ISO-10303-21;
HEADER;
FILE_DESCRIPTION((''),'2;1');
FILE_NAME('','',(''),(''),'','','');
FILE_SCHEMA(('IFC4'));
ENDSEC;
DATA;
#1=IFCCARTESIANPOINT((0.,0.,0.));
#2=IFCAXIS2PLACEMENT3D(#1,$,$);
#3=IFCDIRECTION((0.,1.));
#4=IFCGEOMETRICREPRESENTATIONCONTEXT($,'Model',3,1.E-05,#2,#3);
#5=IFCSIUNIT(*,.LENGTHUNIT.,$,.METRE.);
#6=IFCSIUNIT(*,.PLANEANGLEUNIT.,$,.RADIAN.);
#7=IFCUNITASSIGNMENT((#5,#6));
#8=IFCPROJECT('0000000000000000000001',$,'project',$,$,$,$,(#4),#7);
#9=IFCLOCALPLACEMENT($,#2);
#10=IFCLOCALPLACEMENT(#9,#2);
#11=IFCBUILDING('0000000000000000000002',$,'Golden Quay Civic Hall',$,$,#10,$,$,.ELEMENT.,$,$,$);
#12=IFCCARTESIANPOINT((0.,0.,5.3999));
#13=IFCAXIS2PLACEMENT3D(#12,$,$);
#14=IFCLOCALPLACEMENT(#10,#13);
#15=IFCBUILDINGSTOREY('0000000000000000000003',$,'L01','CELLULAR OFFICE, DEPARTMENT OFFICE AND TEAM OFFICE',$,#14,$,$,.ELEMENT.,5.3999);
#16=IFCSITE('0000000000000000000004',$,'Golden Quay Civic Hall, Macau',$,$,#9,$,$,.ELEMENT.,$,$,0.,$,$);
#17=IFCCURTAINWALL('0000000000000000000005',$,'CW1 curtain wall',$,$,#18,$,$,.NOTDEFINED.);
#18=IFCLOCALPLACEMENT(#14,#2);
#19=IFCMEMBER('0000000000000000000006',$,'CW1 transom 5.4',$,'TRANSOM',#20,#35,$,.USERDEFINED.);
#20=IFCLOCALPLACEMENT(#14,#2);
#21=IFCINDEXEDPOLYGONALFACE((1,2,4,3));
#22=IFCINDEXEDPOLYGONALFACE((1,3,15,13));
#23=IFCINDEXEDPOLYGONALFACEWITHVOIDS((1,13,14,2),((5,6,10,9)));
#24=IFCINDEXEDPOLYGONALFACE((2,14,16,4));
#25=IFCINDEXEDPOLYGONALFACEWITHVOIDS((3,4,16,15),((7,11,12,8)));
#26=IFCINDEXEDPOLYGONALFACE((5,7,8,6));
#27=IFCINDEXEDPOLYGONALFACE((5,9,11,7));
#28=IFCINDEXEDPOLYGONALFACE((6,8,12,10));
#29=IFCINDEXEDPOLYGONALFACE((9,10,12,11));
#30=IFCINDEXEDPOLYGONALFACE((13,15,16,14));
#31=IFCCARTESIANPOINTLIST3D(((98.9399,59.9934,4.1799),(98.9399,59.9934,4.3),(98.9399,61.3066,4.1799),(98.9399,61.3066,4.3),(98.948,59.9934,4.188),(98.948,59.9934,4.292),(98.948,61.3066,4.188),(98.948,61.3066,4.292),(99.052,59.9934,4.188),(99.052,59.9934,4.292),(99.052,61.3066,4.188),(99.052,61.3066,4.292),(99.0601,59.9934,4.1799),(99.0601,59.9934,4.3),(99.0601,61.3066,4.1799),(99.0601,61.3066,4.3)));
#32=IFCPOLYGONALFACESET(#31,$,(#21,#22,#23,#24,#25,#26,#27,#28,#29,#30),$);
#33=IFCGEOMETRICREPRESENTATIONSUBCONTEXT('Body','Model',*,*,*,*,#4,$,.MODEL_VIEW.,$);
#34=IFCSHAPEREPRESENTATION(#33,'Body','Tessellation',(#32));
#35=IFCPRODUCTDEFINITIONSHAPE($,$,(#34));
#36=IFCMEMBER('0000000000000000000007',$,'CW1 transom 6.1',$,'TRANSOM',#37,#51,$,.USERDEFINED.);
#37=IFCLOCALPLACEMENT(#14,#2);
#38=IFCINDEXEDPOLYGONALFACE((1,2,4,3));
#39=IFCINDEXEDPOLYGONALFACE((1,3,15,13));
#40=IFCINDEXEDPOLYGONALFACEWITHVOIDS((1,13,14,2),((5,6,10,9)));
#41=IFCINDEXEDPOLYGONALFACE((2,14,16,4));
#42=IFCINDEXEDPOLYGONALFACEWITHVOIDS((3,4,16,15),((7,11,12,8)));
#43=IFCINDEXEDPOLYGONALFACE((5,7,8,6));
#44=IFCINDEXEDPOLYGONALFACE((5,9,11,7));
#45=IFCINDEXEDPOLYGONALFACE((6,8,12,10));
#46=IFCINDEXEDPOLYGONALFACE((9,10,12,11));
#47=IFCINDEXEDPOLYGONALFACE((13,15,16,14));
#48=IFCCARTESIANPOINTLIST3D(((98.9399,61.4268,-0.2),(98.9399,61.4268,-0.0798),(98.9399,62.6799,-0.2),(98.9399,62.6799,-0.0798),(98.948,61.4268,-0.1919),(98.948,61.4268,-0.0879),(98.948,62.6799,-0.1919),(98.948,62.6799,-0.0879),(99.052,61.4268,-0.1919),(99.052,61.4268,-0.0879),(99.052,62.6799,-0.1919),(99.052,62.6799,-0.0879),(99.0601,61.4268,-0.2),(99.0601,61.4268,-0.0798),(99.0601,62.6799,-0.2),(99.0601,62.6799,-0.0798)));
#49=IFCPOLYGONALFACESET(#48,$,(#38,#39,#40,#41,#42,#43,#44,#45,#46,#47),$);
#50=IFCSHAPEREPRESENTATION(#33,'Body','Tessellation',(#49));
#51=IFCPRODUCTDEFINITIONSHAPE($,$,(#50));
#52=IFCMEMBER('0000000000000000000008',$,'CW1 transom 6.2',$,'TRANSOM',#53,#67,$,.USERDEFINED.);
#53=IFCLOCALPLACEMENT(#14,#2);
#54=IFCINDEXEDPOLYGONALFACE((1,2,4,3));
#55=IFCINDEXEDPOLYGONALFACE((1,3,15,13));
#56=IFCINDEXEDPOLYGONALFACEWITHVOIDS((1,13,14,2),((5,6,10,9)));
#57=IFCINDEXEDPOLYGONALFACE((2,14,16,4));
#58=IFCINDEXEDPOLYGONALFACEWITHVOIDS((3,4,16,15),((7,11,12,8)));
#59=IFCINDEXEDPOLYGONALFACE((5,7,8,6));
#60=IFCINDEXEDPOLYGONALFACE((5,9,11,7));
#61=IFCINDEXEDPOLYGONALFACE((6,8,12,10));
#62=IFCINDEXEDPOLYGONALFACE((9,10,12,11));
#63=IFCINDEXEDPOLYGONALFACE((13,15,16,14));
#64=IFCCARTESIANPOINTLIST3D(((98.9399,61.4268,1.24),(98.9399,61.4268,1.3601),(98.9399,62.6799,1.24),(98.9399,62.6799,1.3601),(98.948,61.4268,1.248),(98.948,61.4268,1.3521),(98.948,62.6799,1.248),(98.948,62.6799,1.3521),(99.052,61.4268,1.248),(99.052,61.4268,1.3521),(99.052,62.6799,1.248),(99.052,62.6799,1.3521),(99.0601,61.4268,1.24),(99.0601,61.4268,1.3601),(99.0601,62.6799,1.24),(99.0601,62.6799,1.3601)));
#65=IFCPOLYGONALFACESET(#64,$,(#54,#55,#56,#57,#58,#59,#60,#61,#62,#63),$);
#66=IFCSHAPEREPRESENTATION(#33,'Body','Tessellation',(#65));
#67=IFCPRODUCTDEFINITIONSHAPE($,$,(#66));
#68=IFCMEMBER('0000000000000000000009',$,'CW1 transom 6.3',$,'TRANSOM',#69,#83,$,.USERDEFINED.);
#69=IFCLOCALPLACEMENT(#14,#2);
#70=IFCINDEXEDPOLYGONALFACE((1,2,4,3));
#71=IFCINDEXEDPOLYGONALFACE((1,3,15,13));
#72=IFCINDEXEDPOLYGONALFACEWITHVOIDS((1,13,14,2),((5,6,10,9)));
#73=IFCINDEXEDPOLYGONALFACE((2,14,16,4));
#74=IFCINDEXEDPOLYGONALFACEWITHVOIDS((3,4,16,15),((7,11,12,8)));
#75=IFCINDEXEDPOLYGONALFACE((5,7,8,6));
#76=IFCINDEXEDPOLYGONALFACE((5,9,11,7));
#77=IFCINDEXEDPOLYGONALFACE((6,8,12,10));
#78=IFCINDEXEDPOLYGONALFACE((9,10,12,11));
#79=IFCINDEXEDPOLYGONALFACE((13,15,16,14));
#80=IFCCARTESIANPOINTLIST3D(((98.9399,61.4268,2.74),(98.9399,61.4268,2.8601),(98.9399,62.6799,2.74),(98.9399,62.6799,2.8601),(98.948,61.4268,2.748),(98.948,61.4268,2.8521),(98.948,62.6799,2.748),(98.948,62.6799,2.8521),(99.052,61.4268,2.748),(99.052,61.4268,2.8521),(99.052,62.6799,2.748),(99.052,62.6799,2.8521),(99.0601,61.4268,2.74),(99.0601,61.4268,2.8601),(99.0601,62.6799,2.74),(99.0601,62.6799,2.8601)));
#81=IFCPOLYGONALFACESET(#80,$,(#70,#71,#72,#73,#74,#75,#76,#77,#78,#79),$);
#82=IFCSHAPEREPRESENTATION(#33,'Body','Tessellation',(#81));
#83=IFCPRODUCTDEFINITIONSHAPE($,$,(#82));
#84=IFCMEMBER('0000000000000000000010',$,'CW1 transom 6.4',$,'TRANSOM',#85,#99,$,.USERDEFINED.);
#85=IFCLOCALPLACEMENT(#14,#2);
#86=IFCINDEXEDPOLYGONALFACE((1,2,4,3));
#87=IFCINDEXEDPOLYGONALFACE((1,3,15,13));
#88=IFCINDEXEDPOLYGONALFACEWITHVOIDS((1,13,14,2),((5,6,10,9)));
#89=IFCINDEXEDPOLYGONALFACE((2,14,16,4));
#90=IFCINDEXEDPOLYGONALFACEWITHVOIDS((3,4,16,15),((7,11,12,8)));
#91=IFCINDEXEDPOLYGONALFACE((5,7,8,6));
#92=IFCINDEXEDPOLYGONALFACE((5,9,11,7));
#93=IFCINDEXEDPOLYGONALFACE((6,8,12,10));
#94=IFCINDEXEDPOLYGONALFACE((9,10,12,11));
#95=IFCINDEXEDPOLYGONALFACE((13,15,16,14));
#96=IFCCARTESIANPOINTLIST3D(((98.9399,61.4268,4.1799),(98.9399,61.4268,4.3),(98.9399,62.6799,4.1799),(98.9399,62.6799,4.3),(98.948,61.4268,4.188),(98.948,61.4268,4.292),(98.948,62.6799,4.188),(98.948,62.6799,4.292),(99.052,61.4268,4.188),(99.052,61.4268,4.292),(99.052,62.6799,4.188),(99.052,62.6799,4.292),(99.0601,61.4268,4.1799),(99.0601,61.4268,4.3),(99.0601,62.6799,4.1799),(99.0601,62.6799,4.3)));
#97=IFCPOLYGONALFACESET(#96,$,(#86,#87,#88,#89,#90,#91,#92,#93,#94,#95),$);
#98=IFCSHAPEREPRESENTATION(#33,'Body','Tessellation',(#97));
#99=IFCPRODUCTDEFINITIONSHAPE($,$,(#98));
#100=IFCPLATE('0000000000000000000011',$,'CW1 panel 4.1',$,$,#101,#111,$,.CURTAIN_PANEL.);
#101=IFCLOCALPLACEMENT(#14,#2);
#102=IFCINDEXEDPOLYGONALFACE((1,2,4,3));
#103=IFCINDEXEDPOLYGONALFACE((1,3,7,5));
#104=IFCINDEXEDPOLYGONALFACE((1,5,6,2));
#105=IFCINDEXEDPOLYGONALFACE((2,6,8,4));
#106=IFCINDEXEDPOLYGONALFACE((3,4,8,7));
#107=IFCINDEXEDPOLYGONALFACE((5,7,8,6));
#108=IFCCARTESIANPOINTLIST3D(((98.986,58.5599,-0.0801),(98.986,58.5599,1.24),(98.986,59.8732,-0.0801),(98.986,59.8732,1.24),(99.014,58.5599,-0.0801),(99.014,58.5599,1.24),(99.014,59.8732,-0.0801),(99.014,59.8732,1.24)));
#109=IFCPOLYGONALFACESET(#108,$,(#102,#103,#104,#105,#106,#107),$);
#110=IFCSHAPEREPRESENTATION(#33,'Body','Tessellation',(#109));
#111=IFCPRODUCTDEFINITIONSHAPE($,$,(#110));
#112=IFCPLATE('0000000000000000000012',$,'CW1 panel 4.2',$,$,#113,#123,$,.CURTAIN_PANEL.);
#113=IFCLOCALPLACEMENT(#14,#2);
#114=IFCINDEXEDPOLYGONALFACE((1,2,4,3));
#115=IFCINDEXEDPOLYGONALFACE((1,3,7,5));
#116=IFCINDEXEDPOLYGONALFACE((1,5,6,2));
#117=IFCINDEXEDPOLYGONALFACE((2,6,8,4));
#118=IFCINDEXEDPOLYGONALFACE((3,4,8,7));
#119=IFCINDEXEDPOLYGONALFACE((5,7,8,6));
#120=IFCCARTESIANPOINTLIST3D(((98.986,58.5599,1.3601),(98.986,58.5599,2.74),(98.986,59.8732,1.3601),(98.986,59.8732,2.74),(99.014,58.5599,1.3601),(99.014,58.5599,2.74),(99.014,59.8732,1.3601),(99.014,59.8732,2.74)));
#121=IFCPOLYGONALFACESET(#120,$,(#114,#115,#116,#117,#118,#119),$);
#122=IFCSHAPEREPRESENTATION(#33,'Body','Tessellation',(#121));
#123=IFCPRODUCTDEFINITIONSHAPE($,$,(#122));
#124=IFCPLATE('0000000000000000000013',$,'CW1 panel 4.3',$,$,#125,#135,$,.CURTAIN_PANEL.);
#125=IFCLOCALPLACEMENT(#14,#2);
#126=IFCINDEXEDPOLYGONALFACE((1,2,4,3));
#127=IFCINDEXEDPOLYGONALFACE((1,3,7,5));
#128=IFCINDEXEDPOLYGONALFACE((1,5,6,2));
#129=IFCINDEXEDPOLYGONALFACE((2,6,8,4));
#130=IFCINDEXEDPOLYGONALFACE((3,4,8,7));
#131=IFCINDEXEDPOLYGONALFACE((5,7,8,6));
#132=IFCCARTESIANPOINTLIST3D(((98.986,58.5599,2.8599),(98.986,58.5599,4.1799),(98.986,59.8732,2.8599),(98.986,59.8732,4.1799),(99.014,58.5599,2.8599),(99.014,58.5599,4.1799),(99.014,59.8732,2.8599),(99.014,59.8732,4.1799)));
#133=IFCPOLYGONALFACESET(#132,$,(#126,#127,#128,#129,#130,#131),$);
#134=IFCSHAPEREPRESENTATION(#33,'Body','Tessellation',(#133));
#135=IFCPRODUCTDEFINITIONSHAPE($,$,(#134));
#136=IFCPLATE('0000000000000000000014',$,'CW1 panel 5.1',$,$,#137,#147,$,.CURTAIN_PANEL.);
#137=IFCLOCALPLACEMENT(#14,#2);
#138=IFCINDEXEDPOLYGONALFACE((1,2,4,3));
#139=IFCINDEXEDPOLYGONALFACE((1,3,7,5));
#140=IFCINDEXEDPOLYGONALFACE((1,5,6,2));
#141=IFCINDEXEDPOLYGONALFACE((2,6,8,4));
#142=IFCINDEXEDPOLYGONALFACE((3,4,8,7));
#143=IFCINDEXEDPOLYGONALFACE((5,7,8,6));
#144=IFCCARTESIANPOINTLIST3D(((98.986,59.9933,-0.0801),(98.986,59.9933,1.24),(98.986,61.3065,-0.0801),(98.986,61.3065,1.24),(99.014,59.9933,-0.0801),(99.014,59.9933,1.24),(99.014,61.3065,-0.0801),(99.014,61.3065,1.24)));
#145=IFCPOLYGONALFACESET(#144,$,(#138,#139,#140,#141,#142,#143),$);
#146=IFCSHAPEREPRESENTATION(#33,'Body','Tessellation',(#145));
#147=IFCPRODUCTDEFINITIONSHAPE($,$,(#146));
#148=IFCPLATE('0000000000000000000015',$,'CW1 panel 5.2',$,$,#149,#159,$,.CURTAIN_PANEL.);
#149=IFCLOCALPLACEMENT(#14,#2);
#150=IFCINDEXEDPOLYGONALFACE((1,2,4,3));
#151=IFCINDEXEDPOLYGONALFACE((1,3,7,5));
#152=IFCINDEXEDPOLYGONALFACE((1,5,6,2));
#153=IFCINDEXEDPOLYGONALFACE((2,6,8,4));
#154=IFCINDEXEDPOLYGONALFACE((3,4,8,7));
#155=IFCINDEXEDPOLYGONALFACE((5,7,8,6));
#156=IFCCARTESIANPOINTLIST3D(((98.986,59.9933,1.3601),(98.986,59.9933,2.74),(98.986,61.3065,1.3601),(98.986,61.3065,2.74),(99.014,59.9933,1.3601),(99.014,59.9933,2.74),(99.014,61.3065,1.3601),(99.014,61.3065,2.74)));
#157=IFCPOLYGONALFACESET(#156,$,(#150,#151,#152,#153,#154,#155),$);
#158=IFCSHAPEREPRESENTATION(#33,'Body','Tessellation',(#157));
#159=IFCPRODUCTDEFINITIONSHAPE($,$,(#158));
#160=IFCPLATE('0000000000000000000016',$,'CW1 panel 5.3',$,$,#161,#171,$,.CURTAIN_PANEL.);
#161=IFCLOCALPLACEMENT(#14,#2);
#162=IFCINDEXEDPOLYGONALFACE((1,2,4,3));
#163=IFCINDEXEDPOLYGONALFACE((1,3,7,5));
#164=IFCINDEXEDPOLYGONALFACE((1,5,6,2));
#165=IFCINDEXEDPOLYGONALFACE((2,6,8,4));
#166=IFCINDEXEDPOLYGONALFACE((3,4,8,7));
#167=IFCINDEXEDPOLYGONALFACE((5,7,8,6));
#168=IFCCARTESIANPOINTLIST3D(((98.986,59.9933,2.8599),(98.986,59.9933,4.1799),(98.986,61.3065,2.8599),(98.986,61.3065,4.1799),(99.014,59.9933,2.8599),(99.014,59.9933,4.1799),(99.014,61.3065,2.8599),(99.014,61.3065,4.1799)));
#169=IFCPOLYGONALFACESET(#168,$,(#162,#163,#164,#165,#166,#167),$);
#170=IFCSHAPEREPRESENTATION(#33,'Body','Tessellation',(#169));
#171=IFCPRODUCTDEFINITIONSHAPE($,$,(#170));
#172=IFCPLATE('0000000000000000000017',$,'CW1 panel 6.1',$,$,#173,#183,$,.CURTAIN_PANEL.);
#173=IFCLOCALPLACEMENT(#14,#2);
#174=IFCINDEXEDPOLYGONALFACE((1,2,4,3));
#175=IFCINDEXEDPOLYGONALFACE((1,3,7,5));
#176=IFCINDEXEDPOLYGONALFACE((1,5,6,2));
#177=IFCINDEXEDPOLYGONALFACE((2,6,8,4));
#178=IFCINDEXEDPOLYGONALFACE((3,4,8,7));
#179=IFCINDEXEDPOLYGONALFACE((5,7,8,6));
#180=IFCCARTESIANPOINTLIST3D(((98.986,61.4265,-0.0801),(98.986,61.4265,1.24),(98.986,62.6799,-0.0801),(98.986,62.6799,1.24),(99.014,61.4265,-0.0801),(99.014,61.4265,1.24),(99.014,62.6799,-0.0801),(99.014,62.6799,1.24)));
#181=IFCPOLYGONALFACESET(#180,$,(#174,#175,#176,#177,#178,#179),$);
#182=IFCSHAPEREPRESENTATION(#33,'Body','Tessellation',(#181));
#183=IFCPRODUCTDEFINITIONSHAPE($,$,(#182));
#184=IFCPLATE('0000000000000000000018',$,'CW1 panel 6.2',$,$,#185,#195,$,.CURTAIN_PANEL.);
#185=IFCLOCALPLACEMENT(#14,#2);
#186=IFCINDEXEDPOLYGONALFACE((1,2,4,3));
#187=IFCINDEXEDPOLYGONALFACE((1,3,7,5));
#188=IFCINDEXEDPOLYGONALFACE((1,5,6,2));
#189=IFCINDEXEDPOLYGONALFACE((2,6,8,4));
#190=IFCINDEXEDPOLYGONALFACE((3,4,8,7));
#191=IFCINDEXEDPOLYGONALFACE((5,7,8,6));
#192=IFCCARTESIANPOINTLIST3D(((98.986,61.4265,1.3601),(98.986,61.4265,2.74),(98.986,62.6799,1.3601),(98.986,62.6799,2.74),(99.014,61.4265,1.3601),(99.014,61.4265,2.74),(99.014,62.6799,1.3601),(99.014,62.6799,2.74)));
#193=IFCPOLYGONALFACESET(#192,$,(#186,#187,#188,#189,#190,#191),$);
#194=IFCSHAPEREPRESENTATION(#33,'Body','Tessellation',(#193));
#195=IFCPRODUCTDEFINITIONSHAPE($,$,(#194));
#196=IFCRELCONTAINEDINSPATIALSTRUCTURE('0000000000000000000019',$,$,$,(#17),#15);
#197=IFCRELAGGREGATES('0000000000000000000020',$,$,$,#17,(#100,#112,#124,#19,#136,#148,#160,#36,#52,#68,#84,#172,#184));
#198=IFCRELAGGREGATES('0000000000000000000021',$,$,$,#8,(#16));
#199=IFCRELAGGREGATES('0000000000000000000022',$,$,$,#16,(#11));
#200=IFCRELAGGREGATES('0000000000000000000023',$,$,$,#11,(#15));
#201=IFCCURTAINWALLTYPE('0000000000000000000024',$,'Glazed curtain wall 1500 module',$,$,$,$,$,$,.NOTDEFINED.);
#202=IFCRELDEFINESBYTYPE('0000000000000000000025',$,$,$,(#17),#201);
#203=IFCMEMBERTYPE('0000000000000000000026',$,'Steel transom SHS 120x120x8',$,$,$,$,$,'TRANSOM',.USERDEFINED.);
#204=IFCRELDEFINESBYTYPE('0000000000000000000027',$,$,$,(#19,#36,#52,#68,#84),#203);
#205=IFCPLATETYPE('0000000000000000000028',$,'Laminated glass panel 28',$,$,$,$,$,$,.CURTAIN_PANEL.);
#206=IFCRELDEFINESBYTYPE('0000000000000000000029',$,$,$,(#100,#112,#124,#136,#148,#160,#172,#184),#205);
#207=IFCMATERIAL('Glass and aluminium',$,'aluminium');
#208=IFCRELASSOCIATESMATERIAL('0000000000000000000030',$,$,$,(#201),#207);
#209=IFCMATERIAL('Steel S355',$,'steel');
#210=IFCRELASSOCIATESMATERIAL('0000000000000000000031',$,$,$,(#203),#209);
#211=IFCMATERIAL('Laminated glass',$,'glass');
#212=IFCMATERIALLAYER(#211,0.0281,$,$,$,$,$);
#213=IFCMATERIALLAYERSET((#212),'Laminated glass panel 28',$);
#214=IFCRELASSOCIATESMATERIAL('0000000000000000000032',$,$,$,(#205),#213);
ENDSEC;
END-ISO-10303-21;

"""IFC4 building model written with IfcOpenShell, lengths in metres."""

from ifc_helpers import new_model, si_unit, direction, frame, origin, origin_2d, place, context, subcontext, project, spatial, rectangle, hollow_rectangle, extrude, material, layer, layer_set, material_profile, profile_set, type_object, element, aggregate, save


model = new_model("IFC4")

# Units and contexts
model_context = context("Model", 3, precision=1e-05, world=origin(), true_north=direction((0.0, 1.0)))
body_context = subcontext(model_context, "Body", "Model", "MODEL_VIEW")
ifc_project = project(units=[si_unit("LENGTHUNIT", "METRE"), si_unit("PLANEANGLEUNIT", "RADIAN")], contexts=[model_context])

# Site, building, storey
site_placement = place(None, origin())
site = spatial("IfcSite", under=ifc_project, at=site_placement, Name="Golden Quay Civic Hall, Macau", CompositionType="ELEMENT", RefElevation=0.0)
building_placement = place(site_placement, origin())
building = spatial("IfcBuilding", under=site, at=building_placement, Name="Golden Quay Civic Hall", CompositionType="ELEMENT")
storey_placement = place(building_placement, frame((0.0, 0.0, 5.3999)))
storey = spatial("IfcBuildingStorey", under=building, at=storey_placement, Name="L01", Description="CELLULAR OFFICE, DEPARTMENT OFFICE AND TEAM OFFICE", CompositionType="ELEMENT", Elevation=5.3999)

# Curtain wall, members, plates
ifc_material_1 = material(Name="Glass and aluminium", Category="aluminium")
curtain_wall_type = type_object("IfcCurtainWallType", Name="Glazed curtain wall 1500 module", PredefinedType="NOTDEFINED", material=ifc_material_1)
curtain_wall_placement = place(storey_placement, origin())
curtain_wall = element("IfcCurtainWall", 1, at=curtain_wall_placement, inside=storey, type_object=curtain_wall_type, Name="CW1 curtain wall", PredefinedType="NOTDEFINED")
ifc_material_2 = material(Name="Steel S355", Category="steel")
ifc_material_profile_1 = material_profile(ifc_material_2, hollow_rectangle(XDim=0.1201, YDim=0.1201, WallThickness=0.0081, at=origin_2d()), Name="SHS 120x120x8")
ifc_profile_set_1 = profile_set([ifc_material_profile_1], Name="Steel S355")
member_type_1 = type_object("IfcMemberType", Name="Steel transom SHS 120x120x8", ElementType="TRANSOM", PredefinedType="USERDEFINED", material=ifc_profile_set_1)
member_1_placement = place(storey_placement, frame((99.0, 59.9934, 4.24), z_axis=(0.0, 1.0, 0.0), x_axis=(-1.0, 0.0, 0.0)))
member_1 = element("IfcMember", 2, at=member_1_placement, type_object=member_type_1, Name="CW1 transom 5.4", ObjectType="TRANSOM", PredefinedType="USERDEFINED", context=body_context, shape_type="SweptSolid", body=[
    extrude(hollow_rectangle(XDim=0.1201, YDim=0.1201, WallThickness=0.0081, at=origin_2d()), origin(), (0.0, 0.0, 1.0), 1.3132),
])
member_2_placement = place(storey_placement, frame((99.0, 61.4268, -0.1399), z_axis=(0.0, 1.0, 0.0), x_axis=(-1.0, 0.0, 0.0)))
member_2 = element("IfcMember", 3, at=member_2_placement, type_object=member_type_1, Name="CW1 transom 6.1", ObjectType="TRANSOM", PredefinedType="USERDEFINED", context=body_context, shape_type="SweptSolid", body=[
    extrude(hollow_rectangle(XDim=0.1201, YDim=0.1201, WallThickness=0.0081, at=origin_2d()), origin(), (0.0, 0.0, 1.0), 1.2532),
])
member_3_placement = place(storey_placement, frame((99.0, 61.4268, 1.3), z_axis=(0.0, 1.0, 0.0), x_axis=(-1.0, 0.0, 0.0)))
member_3 = element("IfcMember", 4, at=member_3_placement, type_object=member_type_1, Name="CW1 transom 6.2", ObjectType="TRANSOM", PredefinedType="USERDEFINED", context=body_context, shape_type="SweptSolid", body=[
    extrude(hollow_rectangle(XDim=0.1201, YDim=0.1201, WallThickness=0.0081, at=origin_2d()), origin(), (0.0, 0.0, 1.0), 1.2532),
])
member_4_placement = place(storey_placement, frame((99.0, 61.4268, 2.8), z_axis=(0.0, 1.0, 0.0), x_axis=(-1.0, 0.0, 0.0)))
member_4 = element("IfcMember", 5, at=member_4_placement, type_object=member_type_1, Name="CW1 transom 6.3", ObjectType="TRANSOM", PredefinedType="USERDEFINED", context=body_context, shape_type="SweptSolid", body=[
    extrude(hollow_rectangle(XDim=0.1201, YDim=0.1201, WallThickness=0.0081, at=origin_2d()), origin(), (0.0, 0.0, 1.0), 1.2532),
])
member_5_placement = place(storey_placement, frame((99.0, 61.4268, 4.24), z_axis=(0.0, 1.0, 0.0), x_axis=(-1.0, 0.0, 0.0)))
member_5 = element("IfcMember", 6, at=member_5_placement, type_object=member_type_1, Name="CW1 transom 6.4", ObjectType="TRANSOM", PredefinedType="USERDEFINED", context=body_context, shape_type="SweptSolid", body=[
    extrude(hollow_rectangle(XDim=0.1201, YDim=0.1201, WallThickness=0.0081, at=origin_2d()), origin(), (0.0, 0.0, 1.0), 1.2532),
])
ifc_material_3 = material(Name="Laminated glass", Category="glass")
ifc_layer = layer(ifc_material_3, 0.0281)
ifc_layer_set = layer_set([ifc_layer], Name="Laminated glass panel 28")
plate_type = type_object("IfcPlateType", Name="Laminated glass panel 28", PredefinedType="CURTAIN_PANEL", material=ifc_layer_set)
plate_1_placement = place(storey_placement, frame((99.0, 59.2166, -0.0801), z_axis=(0.0, 0.0, 1.0), x_axis=(0.0, 1.0, 0.0)))
plate_1 = element("IfcPlate", 7, at=plate_1_placement, type_object=plate_type, Name="CW1 panel 4.1", PredefinedType="CURTAIN_PANEL", context=body_context, shape_type="SweptSolid", body=[
    extrude(rectangle(XDim=1.3132, YDim=0.0281, at=origin_2d()), origin(), (0.0, 0.0, 1.0), 1.3201),
])
plate_2_placement = place(storey_placement, frame((99.0, 59.2166, 1.3601), z_axis=(0.0, 0.0, 1.0), x_axis=(0.0, 1.0, 0.0)))
plate_2 = element("IfcPlate", 8, at=plate_2_placement, type_object=plate_type, Name="CW1 panel 4.2", PredefinedType="CURTAIN_PANEL", context=body_context, shape_type="SweptSolid", body=[
    extrude(rectangle(XDim=1.3132, YDim=0.0281, at=origin_2d()), origin(), (0.0, 0.0, 1.0), 1.3799),
])
plate_3_placement = place(storey_placement, frame((99.0, 59.2166, 2.8599), z_axis=(0.0, 0.0, 1.0), x_axis=(0.0, 1.0, 0.0)))
plate_3 = element("IfcPlate", 9, at=plate_3_placement, type_object=plate_type, Name="CW1 panel 4.3", PredefinedType="CURTAIN_PANEL", context=body_context, shape_type="SweptSolid", body=[
    extrude(rectangle(XDim=1.3132, YDim=0.0281, at=origin_2d()), origin(), (0.0, 0.0, 1.0), 1.3201),
])
plate_4_placement = place(storey_placement, frame((99.0, 60.6499, -0.0801), z_axis=(0.0, 0.0, 1.0), x_axis=(0.0, 1.0, 0.0)))
plate_4 = element("IfcPlate", 10, at=plate_4_placement, type_object=plate_type, Name="CW1 panel 5.1", PredefinedType="CURTAIN_PANEL", context=body_context, shape_type="SweptSolid", body=[
    extrude(rectangle(XDim=1.3132, YDim=0.0281, at=origin_2d()), origin(), (0.0, 0.0, 1.0), 1.3201),
])
plate_5_placement = place(storey_placement, frame((99.0, 60.6499, 1.3601), z_axis=(0.0, 0.0, 1.0), x_axis=(0.0, 1.0, 0.0)))
plate_5 = element("IfcPlate", 11, at=plate_5_placement, type_object=plate_type, Name="CW1 panel 5.2", PredefinedType="CURTAIN_PANEL", context=body_context, shape_type="SweptSolid", body=[
    extrude(rectangle(XDim=1.3132, YDim=0.0281, at=origin_2d()), origin(), (0.0, 0.0, 1.0), 1.3799),
])
plate_6_placement = place(storey_placement, frame((99.0, 60.6499, 2.8599), z_axis=(0.0, 0.0, 1.0), x_axis=(0.0, 1.0, 0.0)))
plate_6 = element("IfcPlate", 12, at=plate_6_placement, type_object=plate_type, Name="CW1 panel 5.3", PredefinedType="CURTAIN_PANEL", context=body_context, shape_type="SweptSolid", body=[
    extrude(rectangle(XDim=1.3132, YDim=0.0281, at=origin_2d()), origin(), (0.0, 0.0, 1.0), 1.3201),
])
plate_7_placement = place(storey_placement, frame((99.0, 62.0532, -0.0801), z_axis=(0.0, 0.0, 1.0), x_axis=(0.0, 1.0, 0.0)))
plate_7 = element("IfcPlate", 13, at=plate_7_placement, type_object=plate_type, Name="CW1 panel 6.1", PredefinedType="CURTAIN_PANEL", context=body_context, shape_type="SweptSolid", body=[
    extrude(rectangle(XDim=1.2534, YDim=0.0281, at=origin_2d()), origin(), (0.0, 0.0, 1.0), 1.3201),
])
plate_8_placement = place(storey_placement, frame((99.0, 62.0532, 1.3601), z_axis=(0.0, 0.0, 1.0), x_axis=(0.0, 1.0, 0.0)))
plate_8 = element("IfcPlate", 14, at=plate_8_placement, type_object=plate_type, Name="CW1 panel 6.2", PredefinedType="CURTAIN_PANEL", context=body_context, shape_type="SweptSolid", body=[
    extrude(rectangle(XDim=1.2534, YDim=0.0281, at=origin_2d()), origin(), (0.0, 0.0, 1.0), 1.3799),
])
aggregate(curtain_wall, [plate_1, plate_2, plate_3, member_1, plate_4, plate_5, plate_6, member_2, member_3, member_4, member_5, plate_7, plate_8])

save(model, "model.ifc")
